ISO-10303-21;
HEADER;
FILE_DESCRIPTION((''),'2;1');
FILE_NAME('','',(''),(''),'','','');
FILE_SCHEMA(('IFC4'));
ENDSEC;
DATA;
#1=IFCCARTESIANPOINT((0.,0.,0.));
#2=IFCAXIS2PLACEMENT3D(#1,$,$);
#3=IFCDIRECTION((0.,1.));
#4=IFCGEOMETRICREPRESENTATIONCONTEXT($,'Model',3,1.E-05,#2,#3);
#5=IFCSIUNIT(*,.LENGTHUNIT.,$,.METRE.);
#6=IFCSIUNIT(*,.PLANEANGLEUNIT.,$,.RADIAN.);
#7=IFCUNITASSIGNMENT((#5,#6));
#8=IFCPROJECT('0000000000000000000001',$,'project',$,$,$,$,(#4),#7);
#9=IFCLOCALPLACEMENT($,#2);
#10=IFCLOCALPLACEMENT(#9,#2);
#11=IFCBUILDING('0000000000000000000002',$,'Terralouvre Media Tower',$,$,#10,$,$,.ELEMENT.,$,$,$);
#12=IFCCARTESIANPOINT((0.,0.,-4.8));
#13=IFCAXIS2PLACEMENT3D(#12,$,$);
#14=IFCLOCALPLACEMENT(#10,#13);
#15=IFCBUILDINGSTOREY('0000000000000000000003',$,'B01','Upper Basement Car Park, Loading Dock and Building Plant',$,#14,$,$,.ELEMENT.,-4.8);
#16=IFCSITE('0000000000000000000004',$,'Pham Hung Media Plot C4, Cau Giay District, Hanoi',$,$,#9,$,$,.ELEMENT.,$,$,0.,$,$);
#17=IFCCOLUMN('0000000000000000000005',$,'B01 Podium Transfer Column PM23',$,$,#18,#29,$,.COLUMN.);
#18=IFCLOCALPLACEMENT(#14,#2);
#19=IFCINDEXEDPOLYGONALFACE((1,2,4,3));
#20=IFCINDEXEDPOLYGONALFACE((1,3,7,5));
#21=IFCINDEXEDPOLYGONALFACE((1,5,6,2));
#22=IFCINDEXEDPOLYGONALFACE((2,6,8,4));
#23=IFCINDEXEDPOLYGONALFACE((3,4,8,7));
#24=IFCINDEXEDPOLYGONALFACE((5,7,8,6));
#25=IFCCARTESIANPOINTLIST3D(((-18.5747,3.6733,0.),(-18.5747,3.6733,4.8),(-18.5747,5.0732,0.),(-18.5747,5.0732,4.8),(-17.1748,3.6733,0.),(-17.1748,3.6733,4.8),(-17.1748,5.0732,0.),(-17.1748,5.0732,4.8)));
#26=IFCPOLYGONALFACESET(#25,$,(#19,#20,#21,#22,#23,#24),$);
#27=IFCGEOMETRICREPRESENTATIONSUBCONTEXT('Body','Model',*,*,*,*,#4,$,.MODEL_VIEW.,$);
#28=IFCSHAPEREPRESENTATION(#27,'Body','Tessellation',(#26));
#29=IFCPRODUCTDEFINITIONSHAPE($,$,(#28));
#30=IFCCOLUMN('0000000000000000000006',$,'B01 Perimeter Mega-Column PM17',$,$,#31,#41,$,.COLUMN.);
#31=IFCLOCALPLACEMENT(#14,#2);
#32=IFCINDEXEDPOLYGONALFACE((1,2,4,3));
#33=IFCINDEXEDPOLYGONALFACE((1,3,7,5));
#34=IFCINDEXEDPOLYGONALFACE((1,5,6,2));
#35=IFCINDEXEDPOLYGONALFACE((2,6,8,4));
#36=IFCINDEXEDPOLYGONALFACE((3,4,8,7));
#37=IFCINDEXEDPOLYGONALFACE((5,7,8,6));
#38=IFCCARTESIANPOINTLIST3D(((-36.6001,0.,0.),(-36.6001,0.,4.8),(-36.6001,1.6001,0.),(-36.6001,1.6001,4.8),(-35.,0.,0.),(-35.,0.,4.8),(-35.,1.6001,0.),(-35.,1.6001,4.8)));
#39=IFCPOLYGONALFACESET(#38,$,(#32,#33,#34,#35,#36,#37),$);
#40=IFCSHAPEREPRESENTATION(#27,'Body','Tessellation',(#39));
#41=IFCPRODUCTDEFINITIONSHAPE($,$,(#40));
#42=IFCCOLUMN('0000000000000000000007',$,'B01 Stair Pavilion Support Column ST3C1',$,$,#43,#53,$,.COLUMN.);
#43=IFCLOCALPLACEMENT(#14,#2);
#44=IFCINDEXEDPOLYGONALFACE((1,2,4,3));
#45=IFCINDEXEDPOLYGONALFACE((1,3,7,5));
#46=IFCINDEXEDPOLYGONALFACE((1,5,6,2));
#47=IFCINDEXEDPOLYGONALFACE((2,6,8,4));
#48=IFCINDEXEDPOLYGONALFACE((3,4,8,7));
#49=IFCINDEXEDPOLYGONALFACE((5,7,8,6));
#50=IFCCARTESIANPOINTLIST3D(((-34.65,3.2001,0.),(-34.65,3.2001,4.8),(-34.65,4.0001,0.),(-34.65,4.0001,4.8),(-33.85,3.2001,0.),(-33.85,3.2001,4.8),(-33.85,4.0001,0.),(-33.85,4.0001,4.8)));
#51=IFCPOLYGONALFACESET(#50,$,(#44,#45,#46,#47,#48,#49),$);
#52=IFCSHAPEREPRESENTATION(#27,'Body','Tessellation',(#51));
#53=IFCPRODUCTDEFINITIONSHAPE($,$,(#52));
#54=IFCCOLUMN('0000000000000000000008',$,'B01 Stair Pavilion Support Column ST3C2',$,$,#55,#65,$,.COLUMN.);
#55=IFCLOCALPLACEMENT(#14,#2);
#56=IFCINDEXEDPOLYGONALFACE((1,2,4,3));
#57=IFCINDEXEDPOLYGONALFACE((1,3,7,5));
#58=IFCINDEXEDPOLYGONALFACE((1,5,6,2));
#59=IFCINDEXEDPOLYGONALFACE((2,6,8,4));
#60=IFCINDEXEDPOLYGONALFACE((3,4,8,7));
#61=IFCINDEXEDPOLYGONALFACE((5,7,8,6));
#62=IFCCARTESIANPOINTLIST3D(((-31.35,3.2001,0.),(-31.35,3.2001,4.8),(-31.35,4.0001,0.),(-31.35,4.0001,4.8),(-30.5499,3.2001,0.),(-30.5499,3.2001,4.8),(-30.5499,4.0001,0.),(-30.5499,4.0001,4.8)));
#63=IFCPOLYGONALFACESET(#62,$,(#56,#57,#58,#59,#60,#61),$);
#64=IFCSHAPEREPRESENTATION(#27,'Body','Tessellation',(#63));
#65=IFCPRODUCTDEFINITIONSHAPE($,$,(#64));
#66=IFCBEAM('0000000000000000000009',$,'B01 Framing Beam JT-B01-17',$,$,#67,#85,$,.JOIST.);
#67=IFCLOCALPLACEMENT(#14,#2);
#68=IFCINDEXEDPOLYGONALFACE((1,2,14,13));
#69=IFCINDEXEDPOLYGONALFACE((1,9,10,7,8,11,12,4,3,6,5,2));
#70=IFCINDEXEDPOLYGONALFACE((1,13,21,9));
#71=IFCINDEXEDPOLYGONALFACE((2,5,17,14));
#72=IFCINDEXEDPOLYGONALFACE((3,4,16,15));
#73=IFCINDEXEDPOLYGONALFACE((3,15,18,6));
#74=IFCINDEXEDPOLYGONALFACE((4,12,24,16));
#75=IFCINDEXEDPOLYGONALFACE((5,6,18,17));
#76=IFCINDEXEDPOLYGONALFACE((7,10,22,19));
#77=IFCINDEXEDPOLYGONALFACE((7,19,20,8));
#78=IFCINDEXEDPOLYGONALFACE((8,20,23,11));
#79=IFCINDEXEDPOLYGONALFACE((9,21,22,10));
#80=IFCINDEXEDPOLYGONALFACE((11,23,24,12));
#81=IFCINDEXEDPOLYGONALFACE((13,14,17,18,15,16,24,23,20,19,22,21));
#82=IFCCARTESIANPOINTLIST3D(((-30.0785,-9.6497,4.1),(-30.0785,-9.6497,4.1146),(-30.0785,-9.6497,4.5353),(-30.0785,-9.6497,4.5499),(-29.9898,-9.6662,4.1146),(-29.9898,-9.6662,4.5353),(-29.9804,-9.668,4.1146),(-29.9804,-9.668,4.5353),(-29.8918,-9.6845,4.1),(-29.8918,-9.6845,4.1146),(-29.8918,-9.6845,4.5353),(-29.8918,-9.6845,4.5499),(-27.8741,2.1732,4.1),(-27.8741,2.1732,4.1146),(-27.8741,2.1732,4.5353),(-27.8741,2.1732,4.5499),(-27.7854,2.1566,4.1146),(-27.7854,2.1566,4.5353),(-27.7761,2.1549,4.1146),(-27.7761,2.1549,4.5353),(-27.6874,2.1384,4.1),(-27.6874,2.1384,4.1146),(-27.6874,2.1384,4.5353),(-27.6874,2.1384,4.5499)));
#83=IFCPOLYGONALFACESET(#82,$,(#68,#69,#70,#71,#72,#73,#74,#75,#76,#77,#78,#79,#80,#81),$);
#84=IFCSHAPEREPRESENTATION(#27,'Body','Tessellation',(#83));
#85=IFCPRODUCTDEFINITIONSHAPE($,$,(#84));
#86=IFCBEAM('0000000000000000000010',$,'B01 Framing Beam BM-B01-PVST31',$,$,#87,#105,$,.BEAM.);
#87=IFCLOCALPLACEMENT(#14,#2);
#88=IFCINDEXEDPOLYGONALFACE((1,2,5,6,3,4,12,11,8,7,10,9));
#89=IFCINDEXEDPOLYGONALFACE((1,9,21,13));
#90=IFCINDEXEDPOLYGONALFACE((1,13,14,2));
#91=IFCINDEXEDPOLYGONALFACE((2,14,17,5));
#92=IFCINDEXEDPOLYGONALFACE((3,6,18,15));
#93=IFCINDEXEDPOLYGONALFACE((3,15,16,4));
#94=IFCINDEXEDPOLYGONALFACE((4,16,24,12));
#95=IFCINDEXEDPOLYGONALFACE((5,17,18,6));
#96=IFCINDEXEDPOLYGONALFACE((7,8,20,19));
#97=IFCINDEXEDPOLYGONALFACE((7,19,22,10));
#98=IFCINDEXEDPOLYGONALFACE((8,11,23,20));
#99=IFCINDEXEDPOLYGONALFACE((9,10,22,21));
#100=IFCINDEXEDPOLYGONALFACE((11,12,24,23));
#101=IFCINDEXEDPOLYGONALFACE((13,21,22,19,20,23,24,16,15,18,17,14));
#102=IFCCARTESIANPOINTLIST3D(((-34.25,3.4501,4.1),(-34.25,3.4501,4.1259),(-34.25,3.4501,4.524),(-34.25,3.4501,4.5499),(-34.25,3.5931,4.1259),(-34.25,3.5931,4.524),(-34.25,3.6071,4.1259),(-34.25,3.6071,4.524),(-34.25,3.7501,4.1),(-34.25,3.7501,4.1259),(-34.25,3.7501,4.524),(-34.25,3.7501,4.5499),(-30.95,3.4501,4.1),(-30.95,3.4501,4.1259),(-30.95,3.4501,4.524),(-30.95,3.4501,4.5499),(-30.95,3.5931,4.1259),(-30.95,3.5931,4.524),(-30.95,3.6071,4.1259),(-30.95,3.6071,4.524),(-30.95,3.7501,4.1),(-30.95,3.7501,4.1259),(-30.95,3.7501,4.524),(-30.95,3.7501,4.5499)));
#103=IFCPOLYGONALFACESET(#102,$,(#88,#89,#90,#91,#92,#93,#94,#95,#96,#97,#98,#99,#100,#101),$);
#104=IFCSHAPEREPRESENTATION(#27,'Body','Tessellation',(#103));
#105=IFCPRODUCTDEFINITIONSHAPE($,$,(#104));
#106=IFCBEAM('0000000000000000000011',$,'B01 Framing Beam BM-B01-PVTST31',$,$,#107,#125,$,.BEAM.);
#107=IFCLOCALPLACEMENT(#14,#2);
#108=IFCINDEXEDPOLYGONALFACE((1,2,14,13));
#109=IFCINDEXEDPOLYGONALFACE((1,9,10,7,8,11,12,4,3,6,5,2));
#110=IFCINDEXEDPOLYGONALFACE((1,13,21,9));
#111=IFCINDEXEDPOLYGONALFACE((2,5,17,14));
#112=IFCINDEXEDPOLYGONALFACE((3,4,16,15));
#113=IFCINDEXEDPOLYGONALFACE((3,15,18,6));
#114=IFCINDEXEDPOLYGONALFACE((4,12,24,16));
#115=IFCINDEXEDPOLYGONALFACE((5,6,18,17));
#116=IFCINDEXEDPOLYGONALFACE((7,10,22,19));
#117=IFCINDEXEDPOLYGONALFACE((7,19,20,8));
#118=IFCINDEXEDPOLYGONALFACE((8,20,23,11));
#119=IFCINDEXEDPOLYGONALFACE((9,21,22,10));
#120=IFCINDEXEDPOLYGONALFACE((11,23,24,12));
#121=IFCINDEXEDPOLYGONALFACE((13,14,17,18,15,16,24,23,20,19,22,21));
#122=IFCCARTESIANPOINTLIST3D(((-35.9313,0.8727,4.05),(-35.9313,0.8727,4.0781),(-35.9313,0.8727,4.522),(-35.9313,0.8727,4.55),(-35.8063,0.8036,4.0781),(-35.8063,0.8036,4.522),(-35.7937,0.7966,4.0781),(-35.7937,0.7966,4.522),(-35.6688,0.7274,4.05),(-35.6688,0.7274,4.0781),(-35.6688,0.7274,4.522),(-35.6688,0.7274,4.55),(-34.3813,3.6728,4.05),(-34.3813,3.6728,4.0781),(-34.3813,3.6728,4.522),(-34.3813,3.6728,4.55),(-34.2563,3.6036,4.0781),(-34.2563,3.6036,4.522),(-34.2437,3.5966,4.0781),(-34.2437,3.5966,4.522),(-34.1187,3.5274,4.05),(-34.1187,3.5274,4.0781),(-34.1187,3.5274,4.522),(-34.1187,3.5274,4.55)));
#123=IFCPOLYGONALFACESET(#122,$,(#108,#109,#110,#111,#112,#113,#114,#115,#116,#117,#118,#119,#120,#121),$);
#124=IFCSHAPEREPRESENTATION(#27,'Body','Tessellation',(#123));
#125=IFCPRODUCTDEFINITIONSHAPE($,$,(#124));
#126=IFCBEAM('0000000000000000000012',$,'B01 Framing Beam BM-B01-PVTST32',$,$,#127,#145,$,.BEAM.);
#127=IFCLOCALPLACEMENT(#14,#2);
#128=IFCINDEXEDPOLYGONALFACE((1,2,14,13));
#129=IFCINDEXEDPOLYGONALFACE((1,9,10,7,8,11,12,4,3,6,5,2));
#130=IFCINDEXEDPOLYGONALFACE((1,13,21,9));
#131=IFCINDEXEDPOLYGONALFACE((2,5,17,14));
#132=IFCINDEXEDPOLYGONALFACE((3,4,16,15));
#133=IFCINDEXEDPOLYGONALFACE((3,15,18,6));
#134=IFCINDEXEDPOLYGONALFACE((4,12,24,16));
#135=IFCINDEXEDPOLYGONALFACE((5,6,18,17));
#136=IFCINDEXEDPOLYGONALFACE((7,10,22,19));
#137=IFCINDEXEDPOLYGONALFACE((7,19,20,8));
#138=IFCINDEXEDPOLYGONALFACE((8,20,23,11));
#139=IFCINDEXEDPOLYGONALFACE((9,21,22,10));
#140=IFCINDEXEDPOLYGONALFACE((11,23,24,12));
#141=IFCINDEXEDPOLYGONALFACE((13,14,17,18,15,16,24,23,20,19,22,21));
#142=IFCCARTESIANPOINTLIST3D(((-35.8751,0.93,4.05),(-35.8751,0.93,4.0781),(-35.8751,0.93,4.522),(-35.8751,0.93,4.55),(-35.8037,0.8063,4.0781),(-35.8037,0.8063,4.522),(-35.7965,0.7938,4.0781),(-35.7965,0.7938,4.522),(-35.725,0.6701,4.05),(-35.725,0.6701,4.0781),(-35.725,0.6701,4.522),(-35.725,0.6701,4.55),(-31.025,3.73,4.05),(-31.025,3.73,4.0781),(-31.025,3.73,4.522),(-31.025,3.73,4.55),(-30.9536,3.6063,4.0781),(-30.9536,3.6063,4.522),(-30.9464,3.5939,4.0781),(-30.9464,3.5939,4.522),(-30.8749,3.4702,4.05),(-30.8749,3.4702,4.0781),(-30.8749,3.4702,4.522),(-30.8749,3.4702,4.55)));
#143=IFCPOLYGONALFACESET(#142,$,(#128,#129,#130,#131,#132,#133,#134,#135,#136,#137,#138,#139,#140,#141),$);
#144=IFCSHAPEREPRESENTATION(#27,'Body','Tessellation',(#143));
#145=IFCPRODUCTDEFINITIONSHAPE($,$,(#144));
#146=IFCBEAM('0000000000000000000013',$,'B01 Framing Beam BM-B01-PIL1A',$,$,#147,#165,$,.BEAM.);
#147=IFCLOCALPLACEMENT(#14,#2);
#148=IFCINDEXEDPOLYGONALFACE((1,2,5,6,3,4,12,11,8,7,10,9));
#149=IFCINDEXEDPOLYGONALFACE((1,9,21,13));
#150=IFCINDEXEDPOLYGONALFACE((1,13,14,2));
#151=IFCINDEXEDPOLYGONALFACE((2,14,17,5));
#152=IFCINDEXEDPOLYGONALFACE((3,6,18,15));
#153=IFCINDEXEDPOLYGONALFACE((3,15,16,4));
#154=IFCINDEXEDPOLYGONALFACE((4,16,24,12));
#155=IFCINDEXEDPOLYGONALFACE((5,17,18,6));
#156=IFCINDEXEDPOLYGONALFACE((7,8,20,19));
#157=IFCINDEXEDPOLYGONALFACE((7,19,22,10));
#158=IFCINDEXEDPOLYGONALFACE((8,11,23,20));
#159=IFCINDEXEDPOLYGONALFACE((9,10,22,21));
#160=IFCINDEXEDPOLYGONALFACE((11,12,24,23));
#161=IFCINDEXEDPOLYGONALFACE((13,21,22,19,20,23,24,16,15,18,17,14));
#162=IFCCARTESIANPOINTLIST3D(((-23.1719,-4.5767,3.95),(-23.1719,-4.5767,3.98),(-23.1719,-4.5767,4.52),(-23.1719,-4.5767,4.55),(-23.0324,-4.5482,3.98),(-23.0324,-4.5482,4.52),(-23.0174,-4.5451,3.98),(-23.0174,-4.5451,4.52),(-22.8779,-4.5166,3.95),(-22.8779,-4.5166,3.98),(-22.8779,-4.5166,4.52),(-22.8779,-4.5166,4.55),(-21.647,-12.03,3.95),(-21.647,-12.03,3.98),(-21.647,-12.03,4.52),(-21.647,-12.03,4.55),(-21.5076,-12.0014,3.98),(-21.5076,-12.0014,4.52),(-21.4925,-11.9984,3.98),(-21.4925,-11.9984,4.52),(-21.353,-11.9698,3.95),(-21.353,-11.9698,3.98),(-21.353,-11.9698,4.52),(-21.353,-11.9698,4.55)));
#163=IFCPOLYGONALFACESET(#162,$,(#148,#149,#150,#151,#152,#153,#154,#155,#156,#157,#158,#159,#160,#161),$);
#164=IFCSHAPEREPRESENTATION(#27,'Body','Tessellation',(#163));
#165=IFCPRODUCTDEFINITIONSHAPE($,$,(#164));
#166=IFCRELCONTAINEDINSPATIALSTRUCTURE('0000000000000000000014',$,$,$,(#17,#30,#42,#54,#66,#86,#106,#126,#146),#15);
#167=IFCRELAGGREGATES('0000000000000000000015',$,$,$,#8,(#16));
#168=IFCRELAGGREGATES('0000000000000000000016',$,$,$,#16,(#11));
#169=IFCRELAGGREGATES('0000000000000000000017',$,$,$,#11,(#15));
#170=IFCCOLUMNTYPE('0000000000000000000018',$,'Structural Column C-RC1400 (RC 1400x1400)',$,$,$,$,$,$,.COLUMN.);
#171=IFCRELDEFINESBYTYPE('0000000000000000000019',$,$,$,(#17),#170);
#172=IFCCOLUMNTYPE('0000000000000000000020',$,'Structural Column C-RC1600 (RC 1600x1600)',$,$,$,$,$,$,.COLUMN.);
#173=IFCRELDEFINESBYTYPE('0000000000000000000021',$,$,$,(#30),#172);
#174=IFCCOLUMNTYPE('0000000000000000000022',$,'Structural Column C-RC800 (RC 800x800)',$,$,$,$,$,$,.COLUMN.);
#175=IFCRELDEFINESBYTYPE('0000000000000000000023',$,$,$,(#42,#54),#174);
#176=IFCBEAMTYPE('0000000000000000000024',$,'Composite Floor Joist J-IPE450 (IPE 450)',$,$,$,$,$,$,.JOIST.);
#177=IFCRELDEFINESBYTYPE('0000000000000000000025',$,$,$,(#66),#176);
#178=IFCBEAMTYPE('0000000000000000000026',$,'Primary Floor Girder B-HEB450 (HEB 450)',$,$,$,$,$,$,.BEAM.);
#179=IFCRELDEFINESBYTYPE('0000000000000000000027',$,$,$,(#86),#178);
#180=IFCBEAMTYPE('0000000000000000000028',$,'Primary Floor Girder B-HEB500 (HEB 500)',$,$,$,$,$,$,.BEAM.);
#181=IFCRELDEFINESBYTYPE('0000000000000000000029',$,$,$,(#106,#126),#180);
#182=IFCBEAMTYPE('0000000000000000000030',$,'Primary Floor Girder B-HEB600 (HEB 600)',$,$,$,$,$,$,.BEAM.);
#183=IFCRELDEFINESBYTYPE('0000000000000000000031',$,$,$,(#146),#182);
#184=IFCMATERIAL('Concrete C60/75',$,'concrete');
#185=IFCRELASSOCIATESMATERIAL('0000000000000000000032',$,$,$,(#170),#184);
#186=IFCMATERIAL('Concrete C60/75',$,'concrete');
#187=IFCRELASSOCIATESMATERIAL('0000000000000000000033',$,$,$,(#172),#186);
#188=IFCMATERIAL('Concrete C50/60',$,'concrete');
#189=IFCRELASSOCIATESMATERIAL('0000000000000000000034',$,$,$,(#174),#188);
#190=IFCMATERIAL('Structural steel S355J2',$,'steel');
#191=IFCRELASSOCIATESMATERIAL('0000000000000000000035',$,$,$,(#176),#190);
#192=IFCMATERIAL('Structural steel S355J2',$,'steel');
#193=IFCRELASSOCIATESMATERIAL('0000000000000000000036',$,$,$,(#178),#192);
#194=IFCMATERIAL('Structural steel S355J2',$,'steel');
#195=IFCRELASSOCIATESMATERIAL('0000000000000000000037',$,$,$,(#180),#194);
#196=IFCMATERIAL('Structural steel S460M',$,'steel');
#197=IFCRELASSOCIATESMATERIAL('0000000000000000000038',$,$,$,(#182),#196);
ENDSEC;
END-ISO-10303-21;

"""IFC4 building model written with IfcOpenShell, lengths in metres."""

from ifc_helpers import new_model, si_unit, direction, frame, origin, origin_2d, place, context, subcontext, project, spatial, rectangle, i_section, extrude, material, material_profile, profile_set, type_object, element, save


model = new_model("IFC4")

# Units and contexts
model_context = context("Model", 3, precision=1e-05, world=origin(), true_north=direction((0.0, 1.0)))
body_context = subcontext(model_context, "Body", "Model", "MODEL_VIEW")
ifc_project = project(units=[si_unit("LENGTHUNIT", "METRE"), si_unit("PLANEANGLEUNIT", "RADIAN")], contexts=[model_context])

# Site, building, storey
site_placement = place(None, origin())
site = spatial("IfcSite", under=ifc_project, at=site_placement, Name="Pham Hung Media Plot C4, Cau Giay District, Hanoi", CompositionType="ELEMENT", RefElevation=0.0)
building_placement = place(site_placement, origin())
building = spatial("IfcBuilding", under=site, at=building_placement, Name="Terralouvre Media Tower", CompositionType="ELEMENT")
storey_placement = place(building_placement, frame((0.0, 0.0, -4.8)))
storey = spatial("IfcBuildingStorey", under=building, at=storey_placement, Name="B01", Description="Upper Basement Car Park, Loading Dock and Building Plant", CompositionType="ELEMENT", Elevation=-4.8)

# Columns
ifc_material_1 = material(Name="Concrete C60/75", Category="concrete")
ifc_material_profile_1 = material_profile(ifc_material_1, rectangle(XDim=1.3999, YDim=1.3999, at=origin_2d()), Name="RC 1400x1400")
ifc_profile_set_1 = profile_set([ifc_material_profile_1], Name="Concrete C60/75")
column_type_1 = type_object("IfcColumnType", Name="Structural Column C-RC1400 (RC 1400x1400)", PredefinedType="COLUMN", material=ifc_profile_set_1)
column_1_placement = place(storey_placement, frame((-17.8748, 4.3733, 0.0), z_axis=(0.0, 0.0, 1.0), x_axis=(1.0, 0.0, 0.0)))
element("IfcColumn", 1, at=column_1_placement, inside=storey, type_object=column_type_1, Name="B01 Podium Transfer Column PM23", PredefinedType="COLUMN", context=body_context, shape_type="SweptSolid", body=[
    extrude(rectangle(XDim=1.3999, YDim=1.3999, at=origin_2d()), origin(), (0.0, 0.0, 1.0), 4.8),
])
ifc_material_2 = material(Name="Concrete C60/75", Category="concrete")
ifc_material_profile_2 = material_profile(ifc_material_2, rectangle(XDim=1.6001, YDim=1.6001, at=origin_2d()), Name="RC 1600x1600")
ifc_profile_set_2 = profile_set([ifc_material_profile_2], Name="Concrete C60/75")
column_type_2 = type_object("IfcColumnType", Name="Structural Column C-RC1600 (RC 1600x1600)", PredefinedType="COLUMN", material=ifc_profile_set_2)
column_2_placement = place(storey_placement, frame((-35.8, 0.8, 0.0), z_axis=(0.0, 0.0, 1.0), x_axis=(1.0, 0.0, 0.0)))
element("IfcColumn", 2, at=column_2_placement, inside=storey, type_object=column_type_2, Name="B01 Perimeter Mega-Column PM17", PredefinedType="COLUMN", context=body_context, shape_type="SweptSolid", body=[
    extrude(rectangle(XDim=1.6001, YDim=1.6001, at=origin_2d()), origin(), (0.0, 0.0, 1.0), 4.8),
])
ifc_material_3 = material(Name="Concrete C50/60", Category="concrete")
ifc_material_profile_3 = material_profile(ifc_material_3, rectangle(XDim=0.8, YDim=0.8, at=origin_2d()), Name="RC 800x800")
ifc_profile_set_3 = profile_set([ifc_material_profile_3], Name="Concrete C50/60")
column_type_3 = type_object("IfcColumnType", Name="Structural Column C-RC800 (RC 800x800)", PredefinedType="COLUMN", material=ifc_profile_set_3)
for number, where, z_axis, x_axis, name in (
    (3, (-34.25, 3.6001, 0.0), (0.0, 0.0, 1.0), (1.0, 0.0, 0.0), "B01 Stair Pavilion Support Column ST3C1"),
    (4, (-30.95, 3.6001, 0.0), (0.0, 0.0, 1.0), (1.0, 0.0, 0.0), "B01 Stair Pavilion Support Column ST3C2"),
):
    element("IfcColumn", number, at=place(storey_placement, frame(where, z_axis=z_axis, x_axis=x_axis)), inside=storey, type_object=column_type_3, Name=name, PredefinedType="COLUMN", context=body_context, shape_type="SweptSolid", body=[
        extrude(rectangle(XDim=0.8, YDim=0.8, at=origin_2d()), origin(), (0.0, 0.0, 1.0), 4.8),
    ])

# Beams
ifc_material_4 = material(Name="Structural steel S355J2", Category="steel")
ifc_material_profile_4 = material_profile(ifc_material_4, i_section(OverallWidth=0.1899, OverallDepth=0.45, WebThickness=0.0095, FlangeThickness=0.0146, at=origin_2d()), Name="IPE 450")
ifc_profile_set_4 = profile_set([ifc_material_profile_4], Name="Structural steel S355J2")
beam_type_1 = type_object("IfcBeamType", Name="Composite Floor Joist J-IPE450 (IPE 450)", PredefinedType="JOIST", material=ifc_profile_set_4)
beam_1_placement = place(storey_placement, frame((-27.7808, 2.1558, 4.325), z_axis=(-0.183291, -0.983059, 0.0), x_axis=(0.983059, -0.183291, 0.0)))
element("IfcBeam", 5, at=beam_1_placement, inside=storey, type_object=beam_type_1, Name="B01 Framing Beam JT-B01-17", PredefinedType="JOIST", context=body_context, shape_type="SweptSolid", body=[
    extrude(i_section(OverallWidth=0.1899, OverallDepth=0.45, WebThickness=0.0095, FlangeThickness=0.0146, at=origin_2d()), origin(), (0.0, 0.0, 1.0), 12.0266),
])
ifc_material_5 = material(Name="Structural steel S355J2", Category="steel")
ifc_material_profile_5 = material_profile(ifc_material_5, i_section(OverallWidth=0.3, OverallDepth=0.45, WebThickness=0.0139, FlangeThickness=0.0259, at=origin_2d()), Name="HEB 450")
ifc_profile_set_5 = profile_set([ifc_material_profile_5], Name="Structural steel S355J2")
beam_type_2 = type_object("IfcBeamType", Name="Primary Floor Girder B-HEB450 (HEB 450)", PredefinedType="BEAM", material=ifc_profile_set_5)
beam_2_placement = place(storey_placement, frame((-34.25, 3.6001, 4.325), z_axis=(1.0, 0.0, 0.0), x_axis=(0.0, 1.0, 0.0)))
element("IfcBeam", 6, at=beam_2_placement, inside=storey, type_object=beam_type_2, Name="B01 Framing Beam BM-B01-PVST31", PredefinedType="BEAM", context=body_context, shape_type="SweptSolid", body=[
    extrude(i_section(OverallWidth=0.3, OverallDepth=0.45, WebThickness=0.0139, FlangeThickness=0.0259, at=origin_2d()), origin(), (0.0, 0.0, 1.0), 3.3),
])
ifc_material_6 = material(Name="Structural steel S355J2", Category="steel")
ifc_material_profile_6 = material_profile(ifc_material_6, i_section(OverallWidth=0.3, OverallDepth=0.5, WebThickness=0.0144, FlangeThickness=0.0281, at=origin_2d()), Name="HEB 500")
ifc_profile_set_6 = profile_set([ifc_material_profile_6], Name="Structural steel S355J2")
beam_type_3 = type_object("IfcBeamType", Name="Primary Floor Girder B-HEB500 (HEB 500)", PredefinedType="BEAM", material=ifc_profile_set_6)
beam_3_placement = place(storey_placement, frame((-34.25, 3.6001, 4.3), z_axis=(-0.484321, -0.87489, 0.0), x_axis=(0.87489, -0.484321, 0.0)))
element("IfcBeam", 7, at=beam_3_placement, inside=storey, type_object=beam_type_3, Name="B01 Framing Beam BM-B01-PVTST31", PredefinedType="BEAM", context=body_context, shape_type="SweptSolid", body=[
    extrude(i_section(OverallWidth=0.3, OverallDepth=0.5, WebThickness=0.0144, FlangeThickness=0.0281, at=origin_2d()), origin(), (0.0, 0.0, 1.0), 3.2004),
])
beam_4_placement = place(storey_placement, frame((-30.95, 3.6001, 4.3), z_axis=(-0.866037, -0.499979, 0.0), x_axis=(0.499979, -0.866037, 0.0)))
element("IfcBeam", 8, at=beam_4_placement, inside=storey, type_object=beam_type_3, Name="B01 Framing Beam BM-B01-PVTST32", PredefinedType="BEAM", context=body_context, shape_type="SweptSolid", body=[
    extrude(i_section(OverallWidth=0.3, OverallDepth=0.5, WebThickness=0.0144, FlangeThickness=0.0281, at=origin_2d()), origin(), (0.0, 0.0, 1.0), 5.6003),
])
ifc_material_7 = material(Name="Structural steel S460M", Category="steel")
ifc_material_profile_7 = material_profile(ifc_material_7, i_section(OverallWidth=0.3, OverallDepth=0.6001, WebThickness=0.0154, FlangeThickness=0.03, at=origin_2d()), Name="HEB 600")
ifc_profile_set_7 = profile_set([ifc_material_profile_7], Name="Structural steel S460M")
beam_type_4 = type_object("IfcBeamType", Name="Primary Floor Girder B-HEB600 (HEB 600)", PredefinedType="BEAM", material=ifc_profile_set_7)
beam_5_placement = place(storey_placement, frame((-23.0249, -4.5466, 4.25), z_axis=(0.20044, -0.979706, 0.0), x_axis=(0.979706, 0.20044, 0.0)))
element("IfcBeam", 9, at=beam_5_placement, inside=storey, type_object=beam_type_4, Name="B01 Framing Beam BM-B01-PIL1A", PredefinedType="BEAM", context=body_context, shape_type="SweptSolid", body=[
    extrude(i_section(OverallWidth=0.3, OverallDepth=0.6001, WebThickness=0.0154, FlangeThickness=0.03, at=origin_2d()), origin(), (0.0, 0.0, 1.0), 7.6077),
])

save(model, "model.ifc")
